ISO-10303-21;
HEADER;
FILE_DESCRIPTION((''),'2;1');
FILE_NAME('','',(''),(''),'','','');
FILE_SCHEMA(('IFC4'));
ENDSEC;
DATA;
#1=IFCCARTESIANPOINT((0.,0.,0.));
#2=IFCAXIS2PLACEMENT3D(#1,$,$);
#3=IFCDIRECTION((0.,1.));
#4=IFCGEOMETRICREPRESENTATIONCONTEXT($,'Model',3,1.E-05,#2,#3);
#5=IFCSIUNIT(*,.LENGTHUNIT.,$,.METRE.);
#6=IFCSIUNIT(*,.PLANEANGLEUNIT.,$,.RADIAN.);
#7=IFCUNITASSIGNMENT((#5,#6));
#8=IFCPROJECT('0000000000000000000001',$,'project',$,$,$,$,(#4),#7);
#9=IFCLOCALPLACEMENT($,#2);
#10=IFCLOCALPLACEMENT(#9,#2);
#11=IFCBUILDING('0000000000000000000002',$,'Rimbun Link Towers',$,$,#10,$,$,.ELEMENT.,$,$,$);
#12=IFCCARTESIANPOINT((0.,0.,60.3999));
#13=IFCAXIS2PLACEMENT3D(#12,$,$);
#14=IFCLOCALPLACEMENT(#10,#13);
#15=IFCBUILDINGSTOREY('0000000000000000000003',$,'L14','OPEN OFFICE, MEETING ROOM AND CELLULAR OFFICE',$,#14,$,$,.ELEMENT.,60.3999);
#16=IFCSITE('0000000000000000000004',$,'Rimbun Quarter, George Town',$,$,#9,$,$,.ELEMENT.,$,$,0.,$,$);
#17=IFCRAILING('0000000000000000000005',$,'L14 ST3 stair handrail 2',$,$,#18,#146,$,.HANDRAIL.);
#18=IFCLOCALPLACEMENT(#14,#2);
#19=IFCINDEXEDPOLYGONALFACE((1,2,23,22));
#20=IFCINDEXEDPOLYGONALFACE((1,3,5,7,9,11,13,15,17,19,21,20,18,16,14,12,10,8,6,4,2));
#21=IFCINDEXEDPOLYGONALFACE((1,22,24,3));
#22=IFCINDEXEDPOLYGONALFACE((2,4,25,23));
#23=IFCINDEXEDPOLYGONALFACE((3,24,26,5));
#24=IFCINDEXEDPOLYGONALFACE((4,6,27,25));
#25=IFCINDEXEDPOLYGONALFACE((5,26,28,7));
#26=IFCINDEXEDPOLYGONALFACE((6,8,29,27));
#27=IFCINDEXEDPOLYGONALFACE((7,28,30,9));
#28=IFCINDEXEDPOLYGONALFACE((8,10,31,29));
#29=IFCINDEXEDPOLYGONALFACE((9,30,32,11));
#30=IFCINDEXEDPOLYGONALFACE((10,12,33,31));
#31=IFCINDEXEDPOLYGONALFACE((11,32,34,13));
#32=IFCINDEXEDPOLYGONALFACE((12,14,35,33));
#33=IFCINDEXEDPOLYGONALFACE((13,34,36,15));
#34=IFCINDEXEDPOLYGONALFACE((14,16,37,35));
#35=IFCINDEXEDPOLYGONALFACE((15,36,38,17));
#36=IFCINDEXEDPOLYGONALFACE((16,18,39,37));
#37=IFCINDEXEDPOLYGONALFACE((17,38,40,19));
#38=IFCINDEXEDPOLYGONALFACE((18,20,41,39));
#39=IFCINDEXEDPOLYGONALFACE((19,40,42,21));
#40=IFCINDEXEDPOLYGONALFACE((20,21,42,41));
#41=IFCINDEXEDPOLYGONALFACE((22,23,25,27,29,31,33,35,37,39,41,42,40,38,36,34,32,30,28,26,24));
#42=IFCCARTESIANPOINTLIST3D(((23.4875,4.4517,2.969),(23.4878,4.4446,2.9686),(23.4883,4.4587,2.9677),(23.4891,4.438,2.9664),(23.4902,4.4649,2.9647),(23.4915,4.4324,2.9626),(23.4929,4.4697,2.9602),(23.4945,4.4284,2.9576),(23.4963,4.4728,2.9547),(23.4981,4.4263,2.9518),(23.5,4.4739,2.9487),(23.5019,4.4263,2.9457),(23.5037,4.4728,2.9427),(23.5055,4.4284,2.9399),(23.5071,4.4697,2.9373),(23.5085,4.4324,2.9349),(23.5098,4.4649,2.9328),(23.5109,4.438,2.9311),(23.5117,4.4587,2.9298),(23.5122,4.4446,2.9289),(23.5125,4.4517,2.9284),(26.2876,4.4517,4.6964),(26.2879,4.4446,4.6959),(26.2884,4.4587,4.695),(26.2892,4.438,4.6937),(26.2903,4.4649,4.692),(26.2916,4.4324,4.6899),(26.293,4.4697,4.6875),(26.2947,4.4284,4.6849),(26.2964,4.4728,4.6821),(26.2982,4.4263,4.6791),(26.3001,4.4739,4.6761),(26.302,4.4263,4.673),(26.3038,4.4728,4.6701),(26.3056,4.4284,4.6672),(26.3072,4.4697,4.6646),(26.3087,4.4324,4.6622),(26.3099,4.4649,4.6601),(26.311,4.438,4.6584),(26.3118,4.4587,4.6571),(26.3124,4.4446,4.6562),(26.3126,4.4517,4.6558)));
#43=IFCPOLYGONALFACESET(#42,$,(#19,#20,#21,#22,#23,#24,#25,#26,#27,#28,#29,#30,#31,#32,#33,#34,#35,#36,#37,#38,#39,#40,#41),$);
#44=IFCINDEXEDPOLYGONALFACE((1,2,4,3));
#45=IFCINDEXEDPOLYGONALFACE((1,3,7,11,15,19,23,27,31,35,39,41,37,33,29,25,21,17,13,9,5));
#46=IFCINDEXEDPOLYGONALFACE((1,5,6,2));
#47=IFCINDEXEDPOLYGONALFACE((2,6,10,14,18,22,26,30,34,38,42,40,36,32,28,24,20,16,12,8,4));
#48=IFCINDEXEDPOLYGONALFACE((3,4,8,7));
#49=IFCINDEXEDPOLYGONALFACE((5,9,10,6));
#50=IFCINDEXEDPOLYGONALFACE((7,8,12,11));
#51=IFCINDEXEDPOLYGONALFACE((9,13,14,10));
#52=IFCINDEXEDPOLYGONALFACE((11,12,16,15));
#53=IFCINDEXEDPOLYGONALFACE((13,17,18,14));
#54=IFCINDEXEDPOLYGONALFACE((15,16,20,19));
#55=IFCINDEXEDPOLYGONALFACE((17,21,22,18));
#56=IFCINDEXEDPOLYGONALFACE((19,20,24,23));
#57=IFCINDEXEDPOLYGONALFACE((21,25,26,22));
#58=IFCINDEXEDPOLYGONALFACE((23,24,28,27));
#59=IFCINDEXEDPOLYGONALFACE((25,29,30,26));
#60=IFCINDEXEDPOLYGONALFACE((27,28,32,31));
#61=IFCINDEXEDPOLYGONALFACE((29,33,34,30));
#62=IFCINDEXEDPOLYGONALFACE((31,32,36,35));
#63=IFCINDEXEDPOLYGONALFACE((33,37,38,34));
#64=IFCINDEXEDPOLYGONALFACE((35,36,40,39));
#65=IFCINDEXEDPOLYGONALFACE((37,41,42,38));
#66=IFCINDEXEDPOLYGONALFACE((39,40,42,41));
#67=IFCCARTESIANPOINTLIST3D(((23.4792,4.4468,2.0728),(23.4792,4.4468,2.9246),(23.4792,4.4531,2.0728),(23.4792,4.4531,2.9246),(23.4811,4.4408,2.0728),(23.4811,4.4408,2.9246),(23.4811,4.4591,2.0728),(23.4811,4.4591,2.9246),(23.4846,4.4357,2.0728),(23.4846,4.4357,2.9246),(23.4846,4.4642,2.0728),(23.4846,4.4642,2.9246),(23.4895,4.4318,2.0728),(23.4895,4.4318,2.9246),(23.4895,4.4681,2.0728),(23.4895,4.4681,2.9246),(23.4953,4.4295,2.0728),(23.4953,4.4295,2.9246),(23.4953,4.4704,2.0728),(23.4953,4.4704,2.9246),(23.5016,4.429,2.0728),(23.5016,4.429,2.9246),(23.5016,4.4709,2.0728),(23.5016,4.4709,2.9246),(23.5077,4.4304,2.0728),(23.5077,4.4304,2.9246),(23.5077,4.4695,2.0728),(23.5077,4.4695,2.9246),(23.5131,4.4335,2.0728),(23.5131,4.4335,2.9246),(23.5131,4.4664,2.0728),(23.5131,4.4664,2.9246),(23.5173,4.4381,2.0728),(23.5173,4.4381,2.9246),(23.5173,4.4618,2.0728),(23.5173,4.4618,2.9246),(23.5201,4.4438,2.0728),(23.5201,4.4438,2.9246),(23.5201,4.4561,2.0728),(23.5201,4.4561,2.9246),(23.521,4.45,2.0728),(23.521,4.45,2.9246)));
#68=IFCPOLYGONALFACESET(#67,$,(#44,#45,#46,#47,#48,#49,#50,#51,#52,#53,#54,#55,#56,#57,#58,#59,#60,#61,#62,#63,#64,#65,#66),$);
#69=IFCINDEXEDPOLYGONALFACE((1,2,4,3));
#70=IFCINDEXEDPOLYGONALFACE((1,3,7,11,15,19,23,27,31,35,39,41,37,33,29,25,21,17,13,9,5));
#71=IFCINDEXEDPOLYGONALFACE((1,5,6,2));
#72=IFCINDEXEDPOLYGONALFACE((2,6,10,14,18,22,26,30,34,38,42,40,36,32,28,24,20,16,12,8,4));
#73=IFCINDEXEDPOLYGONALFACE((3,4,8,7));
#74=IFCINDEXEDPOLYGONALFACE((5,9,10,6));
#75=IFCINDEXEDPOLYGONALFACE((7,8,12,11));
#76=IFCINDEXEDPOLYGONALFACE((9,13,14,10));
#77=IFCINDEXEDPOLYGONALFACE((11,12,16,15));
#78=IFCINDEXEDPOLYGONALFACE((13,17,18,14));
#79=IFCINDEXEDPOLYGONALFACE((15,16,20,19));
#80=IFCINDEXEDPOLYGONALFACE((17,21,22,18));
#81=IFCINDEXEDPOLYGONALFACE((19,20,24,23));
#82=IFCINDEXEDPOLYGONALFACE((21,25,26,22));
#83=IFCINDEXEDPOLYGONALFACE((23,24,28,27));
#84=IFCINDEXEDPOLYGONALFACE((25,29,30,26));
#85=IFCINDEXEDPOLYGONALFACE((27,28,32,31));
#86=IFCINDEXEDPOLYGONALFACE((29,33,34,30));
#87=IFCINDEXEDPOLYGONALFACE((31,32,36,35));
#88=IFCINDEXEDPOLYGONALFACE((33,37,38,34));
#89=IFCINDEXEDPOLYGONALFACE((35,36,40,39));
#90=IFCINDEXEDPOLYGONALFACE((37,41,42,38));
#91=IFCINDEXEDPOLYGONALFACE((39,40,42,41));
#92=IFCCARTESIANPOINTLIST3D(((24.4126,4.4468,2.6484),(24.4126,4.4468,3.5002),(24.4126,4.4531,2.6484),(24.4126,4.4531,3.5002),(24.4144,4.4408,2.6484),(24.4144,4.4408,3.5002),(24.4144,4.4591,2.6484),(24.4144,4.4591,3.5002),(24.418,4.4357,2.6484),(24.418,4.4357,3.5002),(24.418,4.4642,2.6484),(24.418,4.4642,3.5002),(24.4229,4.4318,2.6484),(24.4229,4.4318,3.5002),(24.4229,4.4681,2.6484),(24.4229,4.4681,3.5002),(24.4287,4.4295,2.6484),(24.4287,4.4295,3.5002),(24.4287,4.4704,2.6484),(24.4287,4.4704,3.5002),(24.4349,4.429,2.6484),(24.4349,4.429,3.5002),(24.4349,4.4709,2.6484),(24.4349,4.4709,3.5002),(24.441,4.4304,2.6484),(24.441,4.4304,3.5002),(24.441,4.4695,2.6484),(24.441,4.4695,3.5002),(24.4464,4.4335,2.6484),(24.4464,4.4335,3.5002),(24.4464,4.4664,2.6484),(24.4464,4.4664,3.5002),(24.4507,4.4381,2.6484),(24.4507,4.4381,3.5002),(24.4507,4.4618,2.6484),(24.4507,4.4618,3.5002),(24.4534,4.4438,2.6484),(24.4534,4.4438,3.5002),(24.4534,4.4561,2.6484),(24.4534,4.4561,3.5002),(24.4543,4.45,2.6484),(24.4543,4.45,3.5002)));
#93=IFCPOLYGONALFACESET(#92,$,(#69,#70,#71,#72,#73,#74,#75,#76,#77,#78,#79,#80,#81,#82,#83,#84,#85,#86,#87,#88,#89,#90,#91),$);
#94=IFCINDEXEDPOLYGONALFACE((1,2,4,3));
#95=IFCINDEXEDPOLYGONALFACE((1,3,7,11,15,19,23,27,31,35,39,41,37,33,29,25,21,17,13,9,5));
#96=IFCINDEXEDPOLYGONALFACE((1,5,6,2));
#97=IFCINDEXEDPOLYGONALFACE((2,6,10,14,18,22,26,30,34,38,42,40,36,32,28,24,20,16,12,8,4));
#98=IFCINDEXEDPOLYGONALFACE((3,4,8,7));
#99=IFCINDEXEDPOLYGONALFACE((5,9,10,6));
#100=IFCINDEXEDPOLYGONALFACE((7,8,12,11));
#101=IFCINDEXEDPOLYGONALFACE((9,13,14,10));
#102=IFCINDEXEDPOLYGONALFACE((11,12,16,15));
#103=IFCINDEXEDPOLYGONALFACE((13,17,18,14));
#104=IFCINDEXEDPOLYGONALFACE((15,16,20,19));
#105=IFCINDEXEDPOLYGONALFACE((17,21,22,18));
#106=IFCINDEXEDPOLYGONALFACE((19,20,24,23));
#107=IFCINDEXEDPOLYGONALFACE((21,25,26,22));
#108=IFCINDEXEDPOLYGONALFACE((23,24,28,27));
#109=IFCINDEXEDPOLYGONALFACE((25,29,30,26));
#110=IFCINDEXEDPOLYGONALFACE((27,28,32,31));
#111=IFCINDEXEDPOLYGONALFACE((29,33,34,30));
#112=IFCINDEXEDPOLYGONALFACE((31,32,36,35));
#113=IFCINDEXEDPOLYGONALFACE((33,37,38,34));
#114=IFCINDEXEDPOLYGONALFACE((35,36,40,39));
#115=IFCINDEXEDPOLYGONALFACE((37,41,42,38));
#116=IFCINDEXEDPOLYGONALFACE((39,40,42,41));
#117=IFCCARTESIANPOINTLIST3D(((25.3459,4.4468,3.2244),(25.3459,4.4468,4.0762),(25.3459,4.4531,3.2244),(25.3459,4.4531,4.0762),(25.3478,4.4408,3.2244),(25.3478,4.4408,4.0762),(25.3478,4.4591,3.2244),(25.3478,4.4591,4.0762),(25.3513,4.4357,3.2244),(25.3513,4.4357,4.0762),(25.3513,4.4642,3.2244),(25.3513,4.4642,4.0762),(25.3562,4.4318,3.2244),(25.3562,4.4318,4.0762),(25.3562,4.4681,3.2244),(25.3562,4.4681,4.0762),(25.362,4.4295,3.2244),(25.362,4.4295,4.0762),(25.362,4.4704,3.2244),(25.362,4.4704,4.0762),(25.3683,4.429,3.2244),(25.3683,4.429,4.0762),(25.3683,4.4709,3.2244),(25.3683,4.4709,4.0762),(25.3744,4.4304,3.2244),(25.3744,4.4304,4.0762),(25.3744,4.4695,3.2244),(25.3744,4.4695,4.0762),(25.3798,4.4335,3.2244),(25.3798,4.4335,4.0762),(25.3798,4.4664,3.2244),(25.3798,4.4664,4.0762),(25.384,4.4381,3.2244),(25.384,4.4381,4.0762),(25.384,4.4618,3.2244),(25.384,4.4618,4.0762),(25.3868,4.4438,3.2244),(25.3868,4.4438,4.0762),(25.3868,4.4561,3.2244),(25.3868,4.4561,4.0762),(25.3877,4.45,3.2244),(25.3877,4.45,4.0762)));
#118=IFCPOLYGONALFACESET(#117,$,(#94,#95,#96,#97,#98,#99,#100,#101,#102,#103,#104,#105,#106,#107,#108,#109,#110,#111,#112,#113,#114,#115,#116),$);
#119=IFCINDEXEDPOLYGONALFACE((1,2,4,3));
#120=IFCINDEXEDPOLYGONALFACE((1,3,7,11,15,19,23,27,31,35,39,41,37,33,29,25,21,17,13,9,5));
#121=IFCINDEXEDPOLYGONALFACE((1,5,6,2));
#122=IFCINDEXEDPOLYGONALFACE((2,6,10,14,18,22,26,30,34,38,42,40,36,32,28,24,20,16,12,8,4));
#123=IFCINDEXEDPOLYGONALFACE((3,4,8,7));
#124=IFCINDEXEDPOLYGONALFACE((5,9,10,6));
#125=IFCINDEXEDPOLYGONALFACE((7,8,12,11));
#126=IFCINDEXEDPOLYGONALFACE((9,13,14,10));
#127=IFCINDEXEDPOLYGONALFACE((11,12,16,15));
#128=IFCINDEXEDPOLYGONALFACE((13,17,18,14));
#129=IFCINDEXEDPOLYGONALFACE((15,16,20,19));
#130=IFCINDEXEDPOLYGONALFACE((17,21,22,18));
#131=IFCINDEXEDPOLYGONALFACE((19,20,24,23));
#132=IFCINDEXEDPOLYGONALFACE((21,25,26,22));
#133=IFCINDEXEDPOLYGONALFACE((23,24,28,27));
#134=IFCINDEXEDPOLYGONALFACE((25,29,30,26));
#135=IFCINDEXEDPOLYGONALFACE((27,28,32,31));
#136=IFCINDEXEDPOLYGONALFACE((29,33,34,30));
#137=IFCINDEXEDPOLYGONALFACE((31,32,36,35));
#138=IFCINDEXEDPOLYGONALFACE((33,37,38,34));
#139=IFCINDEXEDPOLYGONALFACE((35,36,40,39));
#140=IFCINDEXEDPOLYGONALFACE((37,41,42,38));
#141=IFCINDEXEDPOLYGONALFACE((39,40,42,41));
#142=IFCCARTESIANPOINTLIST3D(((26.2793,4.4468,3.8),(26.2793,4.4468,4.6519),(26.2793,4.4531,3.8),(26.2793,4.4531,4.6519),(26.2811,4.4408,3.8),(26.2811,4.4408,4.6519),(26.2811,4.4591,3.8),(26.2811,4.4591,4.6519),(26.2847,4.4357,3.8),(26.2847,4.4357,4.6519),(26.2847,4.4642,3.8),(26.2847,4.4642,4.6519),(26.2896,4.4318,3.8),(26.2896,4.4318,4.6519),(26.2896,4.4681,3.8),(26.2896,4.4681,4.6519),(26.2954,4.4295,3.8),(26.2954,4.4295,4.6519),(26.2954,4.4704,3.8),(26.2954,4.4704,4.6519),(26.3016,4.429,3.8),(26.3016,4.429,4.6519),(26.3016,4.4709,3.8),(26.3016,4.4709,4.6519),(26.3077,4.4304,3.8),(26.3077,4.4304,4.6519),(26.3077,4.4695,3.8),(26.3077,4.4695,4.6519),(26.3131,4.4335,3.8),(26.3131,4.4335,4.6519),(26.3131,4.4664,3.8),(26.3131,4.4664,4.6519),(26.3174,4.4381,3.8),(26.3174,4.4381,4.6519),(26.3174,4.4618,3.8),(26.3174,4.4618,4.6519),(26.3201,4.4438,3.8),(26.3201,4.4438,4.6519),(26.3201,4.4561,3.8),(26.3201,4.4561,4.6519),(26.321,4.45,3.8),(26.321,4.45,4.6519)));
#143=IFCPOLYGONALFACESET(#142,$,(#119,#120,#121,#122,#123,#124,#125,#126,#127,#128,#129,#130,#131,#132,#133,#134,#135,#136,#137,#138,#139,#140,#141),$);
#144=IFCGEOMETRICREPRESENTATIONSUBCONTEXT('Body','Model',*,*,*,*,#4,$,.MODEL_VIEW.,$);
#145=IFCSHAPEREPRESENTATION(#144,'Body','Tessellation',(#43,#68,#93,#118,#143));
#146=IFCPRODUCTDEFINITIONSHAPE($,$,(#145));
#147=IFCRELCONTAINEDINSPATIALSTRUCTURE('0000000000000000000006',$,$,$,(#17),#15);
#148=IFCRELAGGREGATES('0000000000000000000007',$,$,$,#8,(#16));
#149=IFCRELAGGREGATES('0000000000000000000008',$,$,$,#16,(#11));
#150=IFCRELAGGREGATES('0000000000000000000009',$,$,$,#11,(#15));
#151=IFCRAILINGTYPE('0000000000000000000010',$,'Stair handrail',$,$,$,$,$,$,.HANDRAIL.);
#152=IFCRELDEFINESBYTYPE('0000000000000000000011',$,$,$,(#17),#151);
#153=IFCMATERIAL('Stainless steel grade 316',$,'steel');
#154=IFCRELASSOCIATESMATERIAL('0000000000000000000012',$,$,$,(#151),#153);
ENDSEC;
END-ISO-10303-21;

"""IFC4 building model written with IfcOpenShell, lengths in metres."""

from ifc_helpers import new_model, si_unit, direction, frame, origin, origin_2d, place, context, subcontext, project, spatial, circle, extrude, material, type_object, element, save


model = new_model("IFC4")

# Units and contexts
model_context = context("Model", 3, precision=1e-05, world=origin(), true_north=direction((0.0, 1.0)))
body_context = subcontext(model_context, "Body", "Model", "MODEL_VIEW")
ifc_project = project(units=[si_unit("LENGTHUNIT", "METRE"), si_unit("PLANEANGLEUNIT", "RADIAN")], contexts=[model_context])

# Site, building, storey
site_placement = place(None, origin())
site = spatial("IfcSite", under=ifc_project, at=site_placement, Name="Rimbun Quarter, George Town", CompositionType="ELEMENT", RefElevation=0.0)
building_placement = place(site_placement, origin())
building = spatial("IfcBuilding", under=site, at=building_placement, Name="Rimbun Link Towers", CompositionType="ELEMENT")
storey_placement = place(building_placement, frame((0.0, 0.0, 60.3999)))
storey = spatial("IfcBuildingStorey", under=building, at=storey_placement, Name="L14", Description="OPEN OFFICE, MEETING ROOM AND CELLULAR OFFICE", CompositionType="ELEMENT", Elevation=60.3999)

# Railing
ifc_material_1 = material(Name="Stainless steel grade 316", Category="steel")
railing_type_1 = type_object("IfcRailingType", Name="Stair handrail", PredefinedType="HANDRAIL", material=ifc_material_1)
railing_1_placement = place(storey_placement, frame((23.5, 4.45, 2.0728)))
element("IfcRailing", 1, at=railing_1_placement, inside=storey, type_object=railing_type_1, Name="L14 ST3 stair handrail 2", PredefinedType="HANDRAIL", context=body_context, shape_type="SweptSolid", body=[
    extrude(circle(Radius=0.0239, at=origin_2d()), frame((0.0, 0.0, 0.876), z_axis=(0.85109, 0.0, 0.52502), x_axis=(0.0, 1.0, 0.0)), (0.0, 0.0, 1.0), 3.29),
    extrude(circle(Radius=0.021, at=origin_2d()), origin(), (0.0, 0.0, 1.0), 0.8518),
    extrude(circle(Radius=0.021, at=origin_2d()), frame((0.9333, 0.0, 0.5757)), (0.0, 0.0, 1.0), 0.8518),
    extrude(circle(Radius=0.021, at=origin_2d()), frame((1.8667, 0.0, 1.1516)), (0.0, 0.0, 1.0), 0.8518),
    extrude(circle(Radius=0.021, at=origin_2d()), frame((2.8, 0.0, 1.7273)), (0.0, 0.0, 1.0), 0.8518),
])

save(model, "model.ifc")
